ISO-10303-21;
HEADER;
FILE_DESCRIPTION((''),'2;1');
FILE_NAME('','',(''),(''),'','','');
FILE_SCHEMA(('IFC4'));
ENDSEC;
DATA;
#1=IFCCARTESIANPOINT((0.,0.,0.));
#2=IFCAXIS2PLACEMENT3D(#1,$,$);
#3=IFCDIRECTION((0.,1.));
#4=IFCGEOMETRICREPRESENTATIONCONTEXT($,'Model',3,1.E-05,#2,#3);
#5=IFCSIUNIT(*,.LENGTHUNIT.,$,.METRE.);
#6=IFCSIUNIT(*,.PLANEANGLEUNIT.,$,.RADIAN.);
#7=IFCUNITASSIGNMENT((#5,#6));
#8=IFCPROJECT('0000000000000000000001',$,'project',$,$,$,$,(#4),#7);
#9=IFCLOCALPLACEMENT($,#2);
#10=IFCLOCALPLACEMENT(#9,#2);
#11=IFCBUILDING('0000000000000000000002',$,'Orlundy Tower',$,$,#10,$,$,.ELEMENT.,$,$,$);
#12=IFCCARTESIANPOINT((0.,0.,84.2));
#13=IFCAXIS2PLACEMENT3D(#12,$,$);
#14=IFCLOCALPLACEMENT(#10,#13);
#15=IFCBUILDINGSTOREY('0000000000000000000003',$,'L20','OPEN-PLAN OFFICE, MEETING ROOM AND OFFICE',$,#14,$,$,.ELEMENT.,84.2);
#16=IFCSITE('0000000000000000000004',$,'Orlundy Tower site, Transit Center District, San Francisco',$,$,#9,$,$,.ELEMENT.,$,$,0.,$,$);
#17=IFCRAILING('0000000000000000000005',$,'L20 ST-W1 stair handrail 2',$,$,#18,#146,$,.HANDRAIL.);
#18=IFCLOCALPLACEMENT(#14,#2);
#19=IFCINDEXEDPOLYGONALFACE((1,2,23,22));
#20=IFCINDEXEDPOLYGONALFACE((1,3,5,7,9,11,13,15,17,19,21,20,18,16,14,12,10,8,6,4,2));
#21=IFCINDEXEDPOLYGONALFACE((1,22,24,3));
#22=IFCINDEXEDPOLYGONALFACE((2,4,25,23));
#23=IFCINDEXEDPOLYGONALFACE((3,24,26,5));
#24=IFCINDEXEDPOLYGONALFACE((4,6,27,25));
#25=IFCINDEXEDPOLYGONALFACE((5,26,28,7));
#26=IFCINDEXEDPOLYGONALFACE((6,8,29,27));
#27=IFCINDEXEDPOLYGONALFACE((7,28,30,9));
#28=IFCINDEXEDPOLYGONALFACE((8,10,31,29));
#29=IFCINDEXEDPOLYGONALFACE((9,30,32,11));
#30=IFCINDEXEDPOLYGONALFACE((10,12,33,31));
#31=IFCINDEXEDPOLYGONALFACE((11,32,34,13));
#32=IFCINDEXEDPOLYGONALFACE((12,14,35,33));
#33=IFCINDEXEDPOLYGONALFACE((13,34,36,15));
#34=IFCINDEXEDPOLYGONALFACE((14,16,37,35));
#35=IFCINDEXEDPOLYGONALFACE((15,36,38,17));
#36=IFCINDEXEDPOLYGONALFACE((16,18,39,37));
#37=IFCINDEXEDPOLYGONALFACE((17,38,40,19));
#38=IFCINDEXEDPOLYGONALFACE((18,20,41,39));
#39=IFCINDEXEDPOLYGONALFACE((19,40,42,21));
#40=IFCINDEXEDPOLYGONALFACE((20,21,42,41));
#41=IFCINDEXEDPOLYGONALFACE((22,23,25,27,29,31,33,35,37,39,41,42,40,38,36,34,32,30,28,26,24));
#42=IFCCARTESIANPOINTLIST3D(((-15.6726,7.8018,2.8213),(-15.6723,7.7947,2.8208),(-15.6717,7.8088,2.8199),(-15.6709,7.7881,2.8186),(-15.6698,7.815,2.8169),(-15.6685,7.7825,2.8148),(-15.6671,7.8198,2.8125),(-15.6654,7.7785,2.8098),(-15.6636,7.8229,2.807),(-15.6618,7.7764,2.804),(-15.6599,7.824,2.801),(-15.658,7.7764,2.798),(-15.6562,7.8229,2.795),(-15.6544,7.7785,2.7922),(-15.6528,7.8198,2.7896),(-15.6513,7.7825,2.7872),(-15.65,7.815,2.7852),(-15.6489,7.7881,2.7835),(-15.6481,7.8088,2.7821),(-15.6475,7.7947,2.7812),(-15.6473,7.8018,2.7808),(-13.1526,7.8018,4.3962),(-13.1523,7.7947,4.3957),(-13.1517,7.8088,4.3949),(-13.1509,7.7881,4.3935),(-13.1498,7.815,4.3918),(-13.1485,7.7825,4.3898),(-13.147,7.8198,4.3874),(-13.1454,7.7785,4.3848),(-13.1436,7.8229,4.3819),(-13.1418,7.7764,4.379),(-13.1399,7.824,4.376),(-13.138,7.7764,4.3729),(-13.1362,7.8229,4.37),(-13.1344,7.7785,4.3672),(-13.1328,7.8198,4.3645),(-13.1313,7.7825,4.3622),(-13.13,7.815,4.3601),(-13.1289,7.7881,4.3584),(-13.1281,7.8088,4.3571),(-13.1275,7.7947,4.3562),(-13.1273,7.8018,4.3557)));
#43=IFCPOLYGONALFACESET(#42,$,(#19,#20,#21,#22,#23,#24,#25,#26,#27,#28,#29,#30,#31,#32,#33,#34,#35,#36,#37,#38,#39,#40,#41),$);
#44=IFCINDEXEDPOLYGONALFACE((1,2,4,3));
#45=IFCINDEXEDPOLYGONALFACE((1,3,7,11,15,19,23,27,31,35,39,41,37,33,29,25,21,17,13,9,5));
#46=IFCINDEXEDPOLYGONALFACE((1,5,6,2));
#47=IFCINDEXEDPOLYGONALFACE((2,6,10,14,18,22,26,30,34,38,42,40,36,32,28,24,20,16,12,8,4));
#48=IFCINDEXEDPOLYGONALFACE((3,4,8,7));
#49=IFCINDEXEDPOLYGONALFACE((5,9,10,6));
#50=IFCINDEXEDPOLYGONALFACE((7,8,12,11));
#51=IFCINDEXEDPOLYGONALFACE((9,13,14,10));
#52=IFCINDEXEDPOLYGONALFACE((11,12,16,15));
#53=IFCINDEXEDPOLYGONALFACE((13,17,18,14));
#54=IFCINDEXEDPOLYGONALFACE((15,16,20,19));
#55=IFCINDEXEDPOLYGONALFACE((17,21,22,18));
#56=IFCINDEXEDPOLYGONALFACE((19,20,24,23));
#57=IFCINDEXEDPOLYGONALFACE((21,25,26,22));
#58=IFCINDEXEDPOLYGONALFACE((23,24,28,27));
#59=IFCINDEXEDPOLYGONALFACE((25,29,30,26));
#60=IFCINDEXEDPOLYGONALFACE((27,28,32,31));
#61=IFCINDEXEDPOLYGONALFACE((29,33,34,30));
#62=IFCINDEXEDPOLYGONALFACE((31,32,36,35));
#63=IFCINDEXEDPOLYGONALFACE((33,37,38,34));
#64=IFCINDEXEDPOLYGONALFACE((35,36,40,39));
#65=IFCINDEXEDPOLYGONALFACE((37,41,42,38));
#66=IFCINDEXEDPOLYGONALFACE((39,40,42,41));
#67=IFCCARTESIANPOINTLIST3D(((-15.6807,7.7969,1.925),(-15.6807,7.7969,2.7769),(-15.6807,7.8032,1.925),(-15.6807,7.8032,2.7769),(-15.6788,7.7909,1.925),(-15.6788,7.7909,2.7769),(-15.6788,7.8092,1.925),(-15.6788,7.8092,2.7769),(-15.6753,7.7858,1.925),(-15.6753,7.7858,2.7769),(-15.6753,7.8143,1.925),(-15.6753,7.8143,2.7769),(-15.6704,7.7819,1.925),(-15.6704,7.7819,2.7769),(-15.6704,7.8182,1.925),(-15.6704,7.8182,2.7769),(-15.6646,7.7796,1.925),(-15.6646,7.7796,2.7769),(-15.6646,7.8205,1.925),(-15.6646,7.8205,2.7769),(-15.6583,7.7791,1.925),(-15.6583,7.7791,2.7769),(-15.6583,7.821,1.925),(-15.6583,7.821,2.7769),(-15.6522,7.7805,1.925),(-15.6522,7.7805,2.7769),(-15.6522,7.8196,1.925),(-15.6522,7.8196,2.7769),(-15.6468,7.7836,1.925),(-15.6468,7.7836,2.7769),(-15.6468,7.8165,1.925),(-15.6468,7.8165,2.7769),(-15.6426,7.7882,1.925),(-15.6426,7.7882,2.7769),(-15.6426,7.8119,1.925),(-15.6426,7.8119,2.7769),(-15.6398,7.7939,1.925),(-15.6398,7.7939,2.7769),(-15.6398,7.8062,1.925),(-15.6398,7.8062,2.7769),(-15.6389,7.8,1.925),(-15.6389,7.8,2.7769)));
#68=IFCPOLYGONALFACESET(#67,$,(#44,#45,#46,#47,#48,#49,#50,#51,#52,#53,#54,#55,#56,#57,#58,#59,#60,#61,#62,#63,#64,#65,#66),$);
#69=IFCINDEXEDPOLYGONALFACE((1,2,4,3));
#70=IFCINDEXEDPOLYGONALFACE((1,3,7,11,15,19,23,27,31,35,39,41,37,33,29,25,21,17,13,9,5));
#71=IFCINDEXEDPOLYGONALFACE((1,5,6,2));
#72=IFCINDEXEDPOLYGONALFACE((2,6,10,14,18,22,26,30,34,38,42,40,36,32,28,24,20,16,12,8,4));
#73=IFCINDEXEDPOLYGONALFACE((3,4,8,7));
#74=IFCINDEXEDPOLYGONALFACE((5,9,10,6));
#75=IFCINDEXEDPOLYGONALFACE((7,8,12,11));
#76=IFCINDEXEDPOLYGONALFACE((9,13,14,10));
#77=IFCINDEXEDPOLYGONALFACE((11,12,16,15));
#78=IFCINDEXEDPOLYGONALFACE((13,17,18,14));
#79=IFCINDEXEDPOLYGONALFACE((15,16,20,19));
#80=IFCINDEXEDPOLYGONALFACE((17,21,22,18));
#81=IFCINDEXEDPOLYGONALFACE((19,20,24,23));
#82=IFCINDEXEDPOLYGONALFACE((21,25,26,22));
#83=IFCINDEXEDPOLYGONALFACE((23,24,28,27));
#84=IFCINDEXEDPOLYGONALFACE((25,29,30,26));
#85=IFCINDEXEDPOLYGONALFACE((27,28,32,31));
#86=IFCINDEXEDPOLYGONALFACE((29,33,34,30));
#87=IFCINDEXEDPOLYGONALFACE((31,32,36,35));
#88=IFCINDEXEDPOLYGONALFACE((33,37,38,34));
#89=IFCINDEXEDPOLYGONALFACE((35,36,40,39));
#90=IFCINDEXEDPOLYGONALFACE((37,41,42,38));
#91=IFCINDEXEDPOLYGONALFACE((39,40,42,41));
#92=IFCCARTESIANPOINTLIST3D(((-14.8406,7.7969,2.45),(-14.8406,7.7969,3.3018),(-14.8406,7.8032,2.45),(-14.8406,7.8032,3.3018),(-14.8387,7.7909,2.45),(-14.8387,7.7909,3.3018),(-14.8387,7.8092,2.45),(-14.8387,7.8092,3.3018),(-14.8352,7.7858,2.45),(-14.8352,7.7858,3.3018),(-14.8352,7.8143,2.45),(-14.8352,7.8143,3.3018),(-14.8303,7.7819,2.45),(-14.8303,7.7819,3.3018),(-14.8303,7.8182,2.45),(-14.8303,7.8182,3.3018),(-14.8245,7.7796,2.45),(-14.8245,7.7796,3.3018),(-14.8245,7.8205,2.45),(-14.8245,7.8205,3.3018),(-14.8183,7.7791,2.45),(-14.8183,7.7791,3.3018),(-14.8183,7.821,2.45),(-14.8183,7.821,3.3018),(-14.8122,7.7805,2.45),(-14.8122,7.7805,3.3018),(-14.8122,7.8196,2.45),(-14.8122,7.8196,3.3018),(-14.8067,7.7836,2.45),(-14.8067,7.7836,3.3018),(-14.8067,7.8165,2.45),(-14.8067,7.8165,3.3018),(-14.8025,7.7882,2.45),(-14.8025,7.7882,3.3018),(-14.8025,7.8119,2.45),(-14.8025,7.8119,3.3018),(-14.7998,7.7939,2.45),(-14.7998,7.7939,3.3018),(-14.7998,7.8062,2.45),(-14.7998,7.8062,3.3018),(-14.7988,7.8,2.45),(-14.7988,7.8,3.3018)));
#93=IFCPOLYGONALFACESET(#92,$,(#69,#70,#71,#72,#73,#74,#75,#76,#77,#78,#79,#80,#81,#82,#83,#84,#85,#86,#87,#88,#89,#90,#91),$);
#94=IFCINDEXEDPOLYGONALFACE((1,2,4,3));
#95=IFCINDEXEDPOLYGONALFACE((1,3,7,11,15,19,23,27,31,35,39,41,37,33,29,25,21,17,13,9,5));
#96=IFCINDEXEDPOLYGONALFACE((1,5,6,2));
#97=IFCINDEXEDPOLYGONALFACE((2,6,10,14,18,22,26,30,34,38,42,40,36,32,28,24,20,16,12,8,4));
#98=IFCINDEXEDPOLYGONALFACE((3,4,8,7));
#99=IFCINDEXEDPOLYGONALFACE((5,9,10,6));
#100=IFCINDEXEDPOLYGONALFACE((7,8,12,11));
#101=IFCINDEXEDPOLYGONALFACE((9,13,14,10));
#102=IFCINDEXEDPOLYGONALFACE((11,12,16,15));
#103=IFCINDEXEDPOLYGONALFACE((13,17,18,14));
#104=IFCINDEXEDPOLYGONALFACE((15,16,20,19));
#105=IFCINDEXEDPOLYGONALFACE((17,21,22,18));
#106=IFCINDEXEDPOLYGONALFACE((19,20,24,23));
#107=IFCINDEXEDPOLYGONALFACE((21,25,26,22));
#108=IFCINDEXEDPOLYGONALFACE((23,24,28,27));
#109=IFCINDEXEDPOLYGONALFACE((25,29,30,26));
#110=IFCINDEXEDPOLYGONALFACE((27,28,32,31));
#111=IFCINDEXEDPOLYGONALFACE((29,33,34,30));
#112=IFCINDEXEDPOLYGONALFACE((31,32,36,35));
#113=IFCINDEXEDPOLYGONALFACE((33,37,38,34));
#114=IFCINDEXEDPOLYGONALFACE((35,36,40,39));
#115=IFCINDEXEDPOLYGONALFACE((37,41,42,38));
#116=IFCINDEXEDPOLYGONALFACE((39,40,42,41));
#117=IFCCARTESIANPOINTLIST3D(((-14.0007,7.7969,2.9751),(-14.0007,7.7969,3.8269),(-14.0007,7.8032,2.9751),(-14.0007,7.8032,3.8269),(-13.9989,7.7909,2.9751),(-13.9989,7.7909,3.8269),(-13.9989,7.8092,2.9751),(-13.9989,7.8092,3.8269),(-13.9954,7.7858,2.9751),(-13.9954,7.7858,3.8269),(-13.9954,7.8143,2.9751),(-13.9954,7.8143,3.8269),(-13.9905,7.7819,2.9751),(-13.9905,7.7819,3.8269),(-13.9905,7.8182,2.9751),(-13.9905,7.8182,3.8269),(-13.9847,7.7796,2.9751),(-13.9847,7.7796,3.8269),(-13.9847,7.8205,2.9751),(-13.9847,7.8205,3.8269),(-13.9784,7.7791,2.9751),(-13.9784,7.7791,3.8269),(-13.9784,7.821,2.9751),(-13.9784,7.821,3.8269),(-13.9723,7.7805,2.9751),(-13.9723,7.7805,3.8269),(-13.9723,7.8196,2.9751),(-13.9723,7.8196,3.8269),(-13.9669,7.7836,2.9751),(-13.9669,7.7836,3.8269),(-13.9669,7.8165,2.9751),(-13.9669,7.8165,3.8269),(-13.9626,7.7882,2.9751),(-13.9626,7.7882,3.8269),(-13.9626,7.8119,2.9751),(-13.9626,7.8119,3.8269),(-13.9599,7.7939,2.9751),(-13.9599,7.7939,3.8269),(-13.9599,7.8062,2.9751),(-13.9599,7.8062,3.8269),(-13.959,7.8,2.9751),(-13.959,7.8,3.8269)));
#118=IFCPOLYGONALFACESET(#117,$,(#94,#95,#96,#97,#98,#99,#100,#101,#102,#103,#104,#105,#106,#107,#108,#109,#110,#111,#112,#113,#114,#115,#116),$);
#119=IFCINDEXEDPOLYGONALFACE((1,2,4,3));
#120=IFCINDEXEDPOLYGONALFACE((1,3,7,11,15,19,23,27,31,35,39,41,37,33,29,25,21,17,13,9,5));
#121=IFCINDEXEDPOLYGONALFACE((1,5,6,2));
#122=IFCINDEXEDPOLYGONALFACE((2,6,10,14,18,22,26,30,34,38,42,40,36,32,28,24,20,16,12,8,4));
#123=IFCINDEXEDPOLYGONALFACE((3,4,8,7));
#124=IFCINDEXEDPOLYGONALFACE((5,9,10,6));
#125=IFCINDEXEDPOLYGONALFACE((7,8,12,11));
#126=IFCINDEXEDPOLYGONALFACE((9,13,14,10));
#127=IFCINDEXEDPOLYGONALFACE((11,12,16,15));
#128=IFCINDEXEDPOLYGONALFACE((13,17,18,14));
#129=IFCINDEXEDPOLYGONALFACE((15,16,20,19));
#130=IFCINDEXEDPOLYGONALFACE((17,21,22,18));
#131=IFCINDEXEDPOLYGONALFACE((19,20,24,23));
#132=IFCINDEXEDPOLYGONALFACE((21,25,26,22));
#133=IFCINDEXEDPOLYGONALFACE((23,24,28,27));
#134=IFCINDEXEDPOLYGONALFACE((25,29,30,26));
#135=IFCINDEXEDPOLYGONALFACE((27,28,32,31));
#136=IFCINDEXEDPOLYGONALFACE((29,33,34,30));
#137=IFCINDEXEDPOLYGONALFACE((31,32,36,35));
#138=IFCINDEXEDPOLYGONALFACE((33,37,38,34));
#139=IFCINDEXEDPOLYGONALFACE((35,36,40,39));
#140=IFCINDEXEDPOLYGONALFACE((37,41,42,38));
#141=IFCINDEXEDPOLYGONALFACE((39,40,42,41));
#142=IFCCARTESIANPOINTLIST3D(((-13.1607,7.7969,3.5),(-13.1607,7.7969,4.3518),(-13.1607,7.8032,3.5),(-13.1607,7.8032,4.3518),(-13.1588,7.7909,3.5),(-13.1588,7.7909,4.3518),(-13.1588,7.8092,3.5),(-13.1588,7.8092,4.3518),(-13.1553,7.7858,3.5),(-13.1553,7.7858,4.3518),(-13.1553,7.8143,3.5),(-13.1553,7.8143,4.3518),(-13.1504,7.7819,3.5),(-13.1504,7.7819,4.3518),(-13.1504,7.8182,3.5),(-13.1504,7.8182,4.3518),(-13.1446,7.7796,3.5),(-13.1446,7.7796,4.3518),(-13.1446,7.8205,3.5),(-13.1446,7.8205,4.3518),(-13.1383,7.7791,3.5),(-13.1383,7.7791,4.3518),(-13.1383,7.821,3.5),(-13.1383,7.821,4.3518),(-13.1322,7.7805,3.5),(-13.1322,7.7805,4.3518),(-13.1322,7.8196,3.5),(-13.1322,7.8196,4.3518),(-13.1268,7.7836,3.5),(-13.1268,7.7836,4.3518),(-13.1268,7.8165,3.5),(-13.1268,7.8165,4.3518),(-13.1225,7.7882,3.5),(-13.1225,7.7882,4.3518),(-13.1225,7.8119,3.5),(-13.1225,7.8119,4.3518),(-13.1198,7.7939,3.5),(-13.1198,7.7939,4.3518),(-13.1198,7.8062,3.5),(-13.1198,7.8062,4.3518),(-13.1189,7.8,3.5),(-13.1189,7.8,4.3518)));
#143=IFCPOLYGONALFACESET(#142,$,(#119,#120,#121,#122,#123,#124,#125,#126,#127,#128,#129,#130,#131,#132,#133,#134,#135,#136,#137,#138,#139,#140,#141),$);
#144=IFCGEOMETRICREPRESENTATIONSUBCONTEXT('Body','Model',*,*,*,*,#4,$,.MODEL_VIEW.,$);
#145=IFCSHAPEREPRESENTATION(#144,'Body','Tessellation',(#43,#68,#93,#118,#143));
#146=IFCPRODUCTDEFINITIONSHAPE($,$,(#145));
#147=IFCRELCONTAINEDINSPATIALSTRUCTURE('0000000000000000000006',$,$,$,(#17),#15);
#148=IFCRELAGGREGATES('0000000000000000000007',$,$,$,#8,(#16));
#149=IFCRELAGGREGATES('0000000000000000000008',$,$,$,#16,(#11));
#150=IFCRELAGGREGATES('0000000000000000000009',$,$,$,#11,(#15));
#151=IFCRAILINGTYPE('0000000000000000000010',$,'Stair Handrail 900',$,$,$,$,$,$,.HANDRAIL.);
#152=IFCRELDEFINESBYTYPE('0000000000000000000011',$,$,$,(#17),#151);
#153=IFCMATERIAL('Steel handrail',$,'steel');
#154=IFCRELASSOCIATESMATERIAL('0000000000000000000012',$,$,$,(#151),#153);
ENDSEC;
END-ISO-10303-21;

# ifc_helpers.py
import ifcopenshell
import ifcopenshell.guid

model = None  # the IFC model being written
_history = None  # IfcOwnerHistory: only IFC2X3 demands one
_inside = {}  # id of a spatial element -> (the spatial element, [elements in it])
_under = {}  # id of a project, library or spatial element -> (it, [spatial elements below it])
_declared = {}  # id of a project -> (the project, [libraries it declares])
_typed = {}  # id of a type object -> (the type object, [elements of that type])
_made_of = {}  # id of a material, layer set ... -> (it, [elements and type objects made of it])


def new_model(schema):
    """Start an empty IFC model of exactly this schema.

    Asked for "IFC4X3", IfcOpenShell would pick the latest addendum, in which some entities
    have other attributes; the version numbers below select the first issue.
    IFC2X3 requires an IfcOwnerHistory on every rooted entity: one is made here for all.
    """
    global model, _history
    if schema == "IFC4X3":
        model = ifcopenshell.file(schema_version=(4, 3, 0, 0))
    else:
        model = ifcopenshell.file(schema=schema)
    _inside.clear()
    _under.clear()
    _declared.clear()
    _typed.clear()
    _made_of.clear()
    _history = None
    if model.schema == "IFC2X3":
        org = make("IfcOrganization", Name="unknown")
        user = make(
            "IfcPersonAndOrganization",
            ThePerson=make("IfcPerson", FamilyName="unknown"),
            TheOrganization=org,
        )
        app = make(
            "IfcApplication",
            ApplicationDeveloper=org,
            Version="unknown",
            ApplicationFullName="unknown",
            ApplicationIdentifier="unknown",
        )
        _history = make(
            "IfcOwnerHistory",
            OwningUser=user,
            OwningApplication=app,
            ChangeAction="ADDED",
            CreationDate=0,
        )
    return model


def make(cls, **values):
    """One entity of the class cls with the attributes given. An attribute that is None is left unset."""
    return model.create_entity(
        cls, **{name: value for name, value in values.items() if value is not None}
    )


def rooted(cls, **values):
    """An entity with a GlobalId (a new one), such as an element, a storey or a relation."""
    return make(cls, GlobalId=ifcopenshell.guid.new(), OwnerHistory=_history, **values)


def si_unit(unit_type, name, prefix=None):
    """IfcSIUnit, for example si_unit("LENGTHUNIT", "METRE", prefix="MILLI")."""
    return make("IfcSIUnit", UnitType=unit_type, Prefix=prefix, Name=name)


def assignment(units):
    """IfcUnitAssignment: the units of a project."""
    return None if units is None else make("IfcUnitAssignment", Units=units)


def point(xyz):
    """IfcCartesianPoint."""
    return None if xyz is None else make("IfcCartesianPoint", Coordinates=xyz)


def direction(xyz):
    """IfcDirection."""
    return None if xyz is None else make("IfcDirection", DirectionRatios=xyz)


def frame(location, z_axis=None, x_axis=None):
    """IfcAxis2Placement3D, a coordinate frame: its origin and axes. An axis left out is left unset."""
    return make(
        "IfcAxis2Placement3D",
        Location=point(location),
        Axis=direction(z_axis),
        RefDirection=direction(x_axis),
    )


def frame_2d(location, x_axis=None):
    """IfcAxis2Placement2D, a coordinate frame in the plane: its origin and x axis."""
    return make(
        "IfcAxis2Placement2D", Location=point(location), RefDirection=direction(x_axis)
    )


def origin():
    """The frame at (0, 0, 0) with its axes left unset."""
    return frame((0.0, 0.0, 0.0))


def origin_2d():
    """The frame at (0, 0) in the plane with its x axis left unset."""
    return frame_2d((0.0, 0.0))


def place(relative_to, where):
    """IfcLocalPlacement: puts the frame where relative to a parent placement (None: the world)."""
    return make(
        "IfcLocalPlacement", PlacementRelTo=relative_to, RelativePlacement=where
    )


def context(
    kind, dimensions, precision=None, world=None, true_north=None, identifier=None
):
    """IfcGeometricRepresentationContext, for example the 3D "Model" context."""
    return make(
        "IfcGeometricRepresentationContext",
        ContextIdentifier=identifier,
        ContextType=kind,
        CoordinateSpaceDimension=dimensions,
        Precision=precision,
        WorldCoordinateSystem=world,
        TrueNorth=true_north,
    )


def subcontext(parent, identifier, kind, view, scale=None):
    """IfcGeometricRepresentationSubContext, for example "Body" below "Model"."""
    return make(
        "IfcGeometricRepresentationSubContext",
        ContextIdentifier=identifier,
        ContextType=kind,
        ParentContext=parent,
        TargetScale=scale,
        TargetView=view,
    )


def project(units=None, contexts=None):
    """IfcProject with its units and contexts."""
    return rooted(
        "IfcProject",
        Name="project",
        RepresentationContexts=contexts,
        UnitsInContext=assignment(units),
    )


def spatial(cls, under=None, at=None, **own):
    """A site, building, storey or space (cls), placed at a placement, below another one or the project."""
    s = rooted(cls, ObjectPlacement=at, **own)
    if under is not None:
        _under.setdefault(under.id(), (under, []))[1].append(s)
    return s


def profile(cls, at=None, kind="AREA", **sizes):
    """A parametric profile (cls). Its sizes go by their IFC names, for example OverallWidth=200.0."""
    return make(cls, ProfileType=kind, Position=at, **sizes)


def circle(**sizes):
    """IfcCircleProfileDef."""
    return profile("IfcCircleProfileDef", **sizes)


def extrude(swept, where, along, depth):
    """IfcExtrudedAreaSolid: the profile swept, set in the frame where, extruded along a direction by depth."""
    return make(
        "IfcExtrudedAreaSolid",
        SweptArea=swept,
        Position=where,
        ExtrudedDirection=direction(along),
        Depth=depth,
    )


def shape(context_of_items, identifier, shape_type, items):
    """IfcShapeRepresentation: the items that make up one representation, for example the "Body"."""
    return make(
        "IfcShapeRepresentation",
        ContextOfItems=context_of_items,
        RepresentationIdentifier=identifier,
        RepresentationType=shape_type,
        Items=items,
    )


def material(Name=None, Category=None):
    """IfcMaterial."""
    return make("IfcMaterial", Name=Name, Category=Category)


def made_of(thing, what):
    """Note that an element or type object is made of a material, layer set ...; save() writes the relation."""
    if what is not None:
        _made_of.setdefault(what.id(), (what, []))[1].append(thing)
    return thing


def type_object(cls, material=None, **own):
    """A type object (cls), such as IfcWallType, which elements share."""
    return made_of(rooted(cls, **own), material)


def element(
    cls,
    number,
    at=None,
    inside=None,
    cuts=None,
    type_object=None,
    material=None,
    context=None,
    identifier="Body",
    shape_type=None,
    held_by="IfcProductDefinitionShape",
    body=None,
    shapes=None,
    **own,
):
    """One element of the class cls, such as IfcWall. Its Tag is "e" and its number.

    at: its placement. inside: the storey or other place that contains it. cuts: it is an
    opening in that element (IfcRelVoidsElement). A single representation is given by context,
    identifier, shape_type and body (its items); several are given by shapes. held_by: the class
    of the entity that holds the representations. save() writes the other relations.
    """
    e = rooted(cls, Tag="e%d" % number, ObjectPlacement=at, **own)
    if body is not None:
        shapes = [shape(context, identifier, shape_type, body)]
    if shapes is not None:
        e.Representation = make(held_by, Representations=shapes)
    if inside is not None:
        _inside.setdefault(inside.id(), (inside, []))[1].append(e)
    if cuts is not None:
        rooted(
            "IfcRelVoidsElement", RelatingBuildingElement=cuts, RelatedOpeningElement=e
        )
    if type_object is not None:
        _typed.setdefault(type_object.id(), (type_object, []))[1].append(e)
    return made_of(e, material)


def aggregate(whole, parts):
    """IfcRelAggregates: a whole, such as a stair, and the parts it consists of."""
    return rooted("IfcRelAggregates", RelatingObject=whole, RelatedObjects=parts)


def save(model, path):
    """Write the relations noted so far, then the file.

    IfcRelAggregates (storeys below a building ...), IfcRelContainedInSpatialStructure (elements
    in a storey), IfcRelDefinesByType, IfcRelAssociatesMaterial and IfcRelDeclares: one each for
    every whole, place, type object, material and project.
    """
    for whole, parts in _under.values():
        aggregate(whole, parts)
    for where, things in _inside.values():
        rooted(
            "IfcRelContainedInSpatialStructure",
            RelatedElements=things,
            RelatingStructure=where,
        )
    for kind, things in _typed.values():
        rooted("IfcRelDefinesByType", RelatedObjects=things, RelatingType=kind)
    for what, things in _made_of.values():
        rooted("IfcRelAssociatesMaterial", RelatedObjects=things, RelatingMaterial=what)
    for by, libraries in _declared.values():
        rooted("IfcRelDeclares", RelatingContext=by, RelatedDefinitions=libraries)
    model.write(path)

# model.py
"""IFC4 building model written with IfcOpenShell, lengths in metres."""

from ifc_helpers import new_model, si_unit, direction, frame, origin, origin_2d, place, context, subcontext, project, spatial, circle, extrude, material, type_object, element, save


model = new_model("IFC4")

# Units and contexts
model_context = context("Model", 3, precision=1e-05, world=origin(), true_north=direction((0.0, 1.0)))
body_context = subcontext(model_context, "Body", "Model", "MODEL_VIEW")
ifc_project = project(units=[si_unit("LENGTHUNIT", "METRE"), si_unit("PLANEANGLEUNIT", "RADIAN")], contexts=[model_context])

# Site, building, storey
site_placement = place(None, origin())
site = spatial("IfcSite", under=ifc_project, at=site_placement, Name="Orlundy Tower site, Transit Center District, San Francisco", CompositionType="ELEMENT", RefElevation=0.0)
building_placement = place(site_placement, origin())
building = spatial("IfcBuilding", under=site, at=building_placement, Name="Orlundy Tower", CompositionType="ELEMENT")
storey_placement = place(building_placement, frame((0.0, 0.0, 84.2)))
storey = spatial("IfcBuildingStorey", under=building, at=storey_placement, Name="L20", Description="OPEN-PLAN OFFICE, MEETING ROOM AND OFFICE", CompositionType="ELEMENT", Elevation=84.2)

# Railing
ifc_material_1 = material(Name="Steel handrail", Category="steel")
railing_type_1 = type_object("IfcRailingType", Name="Stair Handrail 900", PredefinedType="HANDRAIL", material=ifc_material_1)
railing_1_placement = place(storey_placement, frame((-15.6599, 7.8, 1.925)))
element("IfcRailing", 1, at=railing_1_placement, inside=storey, type_object=railing_type_1, Name="L20 ST-W1 stair handrail 2", PredefinedType="HANDRAIL", context=body_context, shape_type="SweptSolid", body=[
    extrude(circle(Radius=0.0239, at=origin_2d()), frame((0.0, 0.0, 0.876), z_axis=(0.848008, 0.0, 0.529984), x_axis=(0.0, 1.0, 0.0)), (0.0, 0.0, 1.0), 2.9717),
    extrude(circle(Radius=0.021, at=origin_2d()), origin(), (0.0, 0.0, 1.0), 0.8518),
    extrude(circle(Radius=0.021, at=origin_2d()), frame((0.8401, 0.0, 0.5249)), (0.0, 0.0, 1.0), 0.8518),
    extrude(circle(Radius=0.021, at=origin_2d()), frame((1.6799, 0.0, 1.05)), (0.0, 0.0, 1.0), 0.8518),
    extrude(circle(Radius=0.021, at=origin_2d()), frame((2.52, 0.0, 1.575)), (0.0, 0.0, 1.0), 0.8518),
])

save(model, "model.ifc")
